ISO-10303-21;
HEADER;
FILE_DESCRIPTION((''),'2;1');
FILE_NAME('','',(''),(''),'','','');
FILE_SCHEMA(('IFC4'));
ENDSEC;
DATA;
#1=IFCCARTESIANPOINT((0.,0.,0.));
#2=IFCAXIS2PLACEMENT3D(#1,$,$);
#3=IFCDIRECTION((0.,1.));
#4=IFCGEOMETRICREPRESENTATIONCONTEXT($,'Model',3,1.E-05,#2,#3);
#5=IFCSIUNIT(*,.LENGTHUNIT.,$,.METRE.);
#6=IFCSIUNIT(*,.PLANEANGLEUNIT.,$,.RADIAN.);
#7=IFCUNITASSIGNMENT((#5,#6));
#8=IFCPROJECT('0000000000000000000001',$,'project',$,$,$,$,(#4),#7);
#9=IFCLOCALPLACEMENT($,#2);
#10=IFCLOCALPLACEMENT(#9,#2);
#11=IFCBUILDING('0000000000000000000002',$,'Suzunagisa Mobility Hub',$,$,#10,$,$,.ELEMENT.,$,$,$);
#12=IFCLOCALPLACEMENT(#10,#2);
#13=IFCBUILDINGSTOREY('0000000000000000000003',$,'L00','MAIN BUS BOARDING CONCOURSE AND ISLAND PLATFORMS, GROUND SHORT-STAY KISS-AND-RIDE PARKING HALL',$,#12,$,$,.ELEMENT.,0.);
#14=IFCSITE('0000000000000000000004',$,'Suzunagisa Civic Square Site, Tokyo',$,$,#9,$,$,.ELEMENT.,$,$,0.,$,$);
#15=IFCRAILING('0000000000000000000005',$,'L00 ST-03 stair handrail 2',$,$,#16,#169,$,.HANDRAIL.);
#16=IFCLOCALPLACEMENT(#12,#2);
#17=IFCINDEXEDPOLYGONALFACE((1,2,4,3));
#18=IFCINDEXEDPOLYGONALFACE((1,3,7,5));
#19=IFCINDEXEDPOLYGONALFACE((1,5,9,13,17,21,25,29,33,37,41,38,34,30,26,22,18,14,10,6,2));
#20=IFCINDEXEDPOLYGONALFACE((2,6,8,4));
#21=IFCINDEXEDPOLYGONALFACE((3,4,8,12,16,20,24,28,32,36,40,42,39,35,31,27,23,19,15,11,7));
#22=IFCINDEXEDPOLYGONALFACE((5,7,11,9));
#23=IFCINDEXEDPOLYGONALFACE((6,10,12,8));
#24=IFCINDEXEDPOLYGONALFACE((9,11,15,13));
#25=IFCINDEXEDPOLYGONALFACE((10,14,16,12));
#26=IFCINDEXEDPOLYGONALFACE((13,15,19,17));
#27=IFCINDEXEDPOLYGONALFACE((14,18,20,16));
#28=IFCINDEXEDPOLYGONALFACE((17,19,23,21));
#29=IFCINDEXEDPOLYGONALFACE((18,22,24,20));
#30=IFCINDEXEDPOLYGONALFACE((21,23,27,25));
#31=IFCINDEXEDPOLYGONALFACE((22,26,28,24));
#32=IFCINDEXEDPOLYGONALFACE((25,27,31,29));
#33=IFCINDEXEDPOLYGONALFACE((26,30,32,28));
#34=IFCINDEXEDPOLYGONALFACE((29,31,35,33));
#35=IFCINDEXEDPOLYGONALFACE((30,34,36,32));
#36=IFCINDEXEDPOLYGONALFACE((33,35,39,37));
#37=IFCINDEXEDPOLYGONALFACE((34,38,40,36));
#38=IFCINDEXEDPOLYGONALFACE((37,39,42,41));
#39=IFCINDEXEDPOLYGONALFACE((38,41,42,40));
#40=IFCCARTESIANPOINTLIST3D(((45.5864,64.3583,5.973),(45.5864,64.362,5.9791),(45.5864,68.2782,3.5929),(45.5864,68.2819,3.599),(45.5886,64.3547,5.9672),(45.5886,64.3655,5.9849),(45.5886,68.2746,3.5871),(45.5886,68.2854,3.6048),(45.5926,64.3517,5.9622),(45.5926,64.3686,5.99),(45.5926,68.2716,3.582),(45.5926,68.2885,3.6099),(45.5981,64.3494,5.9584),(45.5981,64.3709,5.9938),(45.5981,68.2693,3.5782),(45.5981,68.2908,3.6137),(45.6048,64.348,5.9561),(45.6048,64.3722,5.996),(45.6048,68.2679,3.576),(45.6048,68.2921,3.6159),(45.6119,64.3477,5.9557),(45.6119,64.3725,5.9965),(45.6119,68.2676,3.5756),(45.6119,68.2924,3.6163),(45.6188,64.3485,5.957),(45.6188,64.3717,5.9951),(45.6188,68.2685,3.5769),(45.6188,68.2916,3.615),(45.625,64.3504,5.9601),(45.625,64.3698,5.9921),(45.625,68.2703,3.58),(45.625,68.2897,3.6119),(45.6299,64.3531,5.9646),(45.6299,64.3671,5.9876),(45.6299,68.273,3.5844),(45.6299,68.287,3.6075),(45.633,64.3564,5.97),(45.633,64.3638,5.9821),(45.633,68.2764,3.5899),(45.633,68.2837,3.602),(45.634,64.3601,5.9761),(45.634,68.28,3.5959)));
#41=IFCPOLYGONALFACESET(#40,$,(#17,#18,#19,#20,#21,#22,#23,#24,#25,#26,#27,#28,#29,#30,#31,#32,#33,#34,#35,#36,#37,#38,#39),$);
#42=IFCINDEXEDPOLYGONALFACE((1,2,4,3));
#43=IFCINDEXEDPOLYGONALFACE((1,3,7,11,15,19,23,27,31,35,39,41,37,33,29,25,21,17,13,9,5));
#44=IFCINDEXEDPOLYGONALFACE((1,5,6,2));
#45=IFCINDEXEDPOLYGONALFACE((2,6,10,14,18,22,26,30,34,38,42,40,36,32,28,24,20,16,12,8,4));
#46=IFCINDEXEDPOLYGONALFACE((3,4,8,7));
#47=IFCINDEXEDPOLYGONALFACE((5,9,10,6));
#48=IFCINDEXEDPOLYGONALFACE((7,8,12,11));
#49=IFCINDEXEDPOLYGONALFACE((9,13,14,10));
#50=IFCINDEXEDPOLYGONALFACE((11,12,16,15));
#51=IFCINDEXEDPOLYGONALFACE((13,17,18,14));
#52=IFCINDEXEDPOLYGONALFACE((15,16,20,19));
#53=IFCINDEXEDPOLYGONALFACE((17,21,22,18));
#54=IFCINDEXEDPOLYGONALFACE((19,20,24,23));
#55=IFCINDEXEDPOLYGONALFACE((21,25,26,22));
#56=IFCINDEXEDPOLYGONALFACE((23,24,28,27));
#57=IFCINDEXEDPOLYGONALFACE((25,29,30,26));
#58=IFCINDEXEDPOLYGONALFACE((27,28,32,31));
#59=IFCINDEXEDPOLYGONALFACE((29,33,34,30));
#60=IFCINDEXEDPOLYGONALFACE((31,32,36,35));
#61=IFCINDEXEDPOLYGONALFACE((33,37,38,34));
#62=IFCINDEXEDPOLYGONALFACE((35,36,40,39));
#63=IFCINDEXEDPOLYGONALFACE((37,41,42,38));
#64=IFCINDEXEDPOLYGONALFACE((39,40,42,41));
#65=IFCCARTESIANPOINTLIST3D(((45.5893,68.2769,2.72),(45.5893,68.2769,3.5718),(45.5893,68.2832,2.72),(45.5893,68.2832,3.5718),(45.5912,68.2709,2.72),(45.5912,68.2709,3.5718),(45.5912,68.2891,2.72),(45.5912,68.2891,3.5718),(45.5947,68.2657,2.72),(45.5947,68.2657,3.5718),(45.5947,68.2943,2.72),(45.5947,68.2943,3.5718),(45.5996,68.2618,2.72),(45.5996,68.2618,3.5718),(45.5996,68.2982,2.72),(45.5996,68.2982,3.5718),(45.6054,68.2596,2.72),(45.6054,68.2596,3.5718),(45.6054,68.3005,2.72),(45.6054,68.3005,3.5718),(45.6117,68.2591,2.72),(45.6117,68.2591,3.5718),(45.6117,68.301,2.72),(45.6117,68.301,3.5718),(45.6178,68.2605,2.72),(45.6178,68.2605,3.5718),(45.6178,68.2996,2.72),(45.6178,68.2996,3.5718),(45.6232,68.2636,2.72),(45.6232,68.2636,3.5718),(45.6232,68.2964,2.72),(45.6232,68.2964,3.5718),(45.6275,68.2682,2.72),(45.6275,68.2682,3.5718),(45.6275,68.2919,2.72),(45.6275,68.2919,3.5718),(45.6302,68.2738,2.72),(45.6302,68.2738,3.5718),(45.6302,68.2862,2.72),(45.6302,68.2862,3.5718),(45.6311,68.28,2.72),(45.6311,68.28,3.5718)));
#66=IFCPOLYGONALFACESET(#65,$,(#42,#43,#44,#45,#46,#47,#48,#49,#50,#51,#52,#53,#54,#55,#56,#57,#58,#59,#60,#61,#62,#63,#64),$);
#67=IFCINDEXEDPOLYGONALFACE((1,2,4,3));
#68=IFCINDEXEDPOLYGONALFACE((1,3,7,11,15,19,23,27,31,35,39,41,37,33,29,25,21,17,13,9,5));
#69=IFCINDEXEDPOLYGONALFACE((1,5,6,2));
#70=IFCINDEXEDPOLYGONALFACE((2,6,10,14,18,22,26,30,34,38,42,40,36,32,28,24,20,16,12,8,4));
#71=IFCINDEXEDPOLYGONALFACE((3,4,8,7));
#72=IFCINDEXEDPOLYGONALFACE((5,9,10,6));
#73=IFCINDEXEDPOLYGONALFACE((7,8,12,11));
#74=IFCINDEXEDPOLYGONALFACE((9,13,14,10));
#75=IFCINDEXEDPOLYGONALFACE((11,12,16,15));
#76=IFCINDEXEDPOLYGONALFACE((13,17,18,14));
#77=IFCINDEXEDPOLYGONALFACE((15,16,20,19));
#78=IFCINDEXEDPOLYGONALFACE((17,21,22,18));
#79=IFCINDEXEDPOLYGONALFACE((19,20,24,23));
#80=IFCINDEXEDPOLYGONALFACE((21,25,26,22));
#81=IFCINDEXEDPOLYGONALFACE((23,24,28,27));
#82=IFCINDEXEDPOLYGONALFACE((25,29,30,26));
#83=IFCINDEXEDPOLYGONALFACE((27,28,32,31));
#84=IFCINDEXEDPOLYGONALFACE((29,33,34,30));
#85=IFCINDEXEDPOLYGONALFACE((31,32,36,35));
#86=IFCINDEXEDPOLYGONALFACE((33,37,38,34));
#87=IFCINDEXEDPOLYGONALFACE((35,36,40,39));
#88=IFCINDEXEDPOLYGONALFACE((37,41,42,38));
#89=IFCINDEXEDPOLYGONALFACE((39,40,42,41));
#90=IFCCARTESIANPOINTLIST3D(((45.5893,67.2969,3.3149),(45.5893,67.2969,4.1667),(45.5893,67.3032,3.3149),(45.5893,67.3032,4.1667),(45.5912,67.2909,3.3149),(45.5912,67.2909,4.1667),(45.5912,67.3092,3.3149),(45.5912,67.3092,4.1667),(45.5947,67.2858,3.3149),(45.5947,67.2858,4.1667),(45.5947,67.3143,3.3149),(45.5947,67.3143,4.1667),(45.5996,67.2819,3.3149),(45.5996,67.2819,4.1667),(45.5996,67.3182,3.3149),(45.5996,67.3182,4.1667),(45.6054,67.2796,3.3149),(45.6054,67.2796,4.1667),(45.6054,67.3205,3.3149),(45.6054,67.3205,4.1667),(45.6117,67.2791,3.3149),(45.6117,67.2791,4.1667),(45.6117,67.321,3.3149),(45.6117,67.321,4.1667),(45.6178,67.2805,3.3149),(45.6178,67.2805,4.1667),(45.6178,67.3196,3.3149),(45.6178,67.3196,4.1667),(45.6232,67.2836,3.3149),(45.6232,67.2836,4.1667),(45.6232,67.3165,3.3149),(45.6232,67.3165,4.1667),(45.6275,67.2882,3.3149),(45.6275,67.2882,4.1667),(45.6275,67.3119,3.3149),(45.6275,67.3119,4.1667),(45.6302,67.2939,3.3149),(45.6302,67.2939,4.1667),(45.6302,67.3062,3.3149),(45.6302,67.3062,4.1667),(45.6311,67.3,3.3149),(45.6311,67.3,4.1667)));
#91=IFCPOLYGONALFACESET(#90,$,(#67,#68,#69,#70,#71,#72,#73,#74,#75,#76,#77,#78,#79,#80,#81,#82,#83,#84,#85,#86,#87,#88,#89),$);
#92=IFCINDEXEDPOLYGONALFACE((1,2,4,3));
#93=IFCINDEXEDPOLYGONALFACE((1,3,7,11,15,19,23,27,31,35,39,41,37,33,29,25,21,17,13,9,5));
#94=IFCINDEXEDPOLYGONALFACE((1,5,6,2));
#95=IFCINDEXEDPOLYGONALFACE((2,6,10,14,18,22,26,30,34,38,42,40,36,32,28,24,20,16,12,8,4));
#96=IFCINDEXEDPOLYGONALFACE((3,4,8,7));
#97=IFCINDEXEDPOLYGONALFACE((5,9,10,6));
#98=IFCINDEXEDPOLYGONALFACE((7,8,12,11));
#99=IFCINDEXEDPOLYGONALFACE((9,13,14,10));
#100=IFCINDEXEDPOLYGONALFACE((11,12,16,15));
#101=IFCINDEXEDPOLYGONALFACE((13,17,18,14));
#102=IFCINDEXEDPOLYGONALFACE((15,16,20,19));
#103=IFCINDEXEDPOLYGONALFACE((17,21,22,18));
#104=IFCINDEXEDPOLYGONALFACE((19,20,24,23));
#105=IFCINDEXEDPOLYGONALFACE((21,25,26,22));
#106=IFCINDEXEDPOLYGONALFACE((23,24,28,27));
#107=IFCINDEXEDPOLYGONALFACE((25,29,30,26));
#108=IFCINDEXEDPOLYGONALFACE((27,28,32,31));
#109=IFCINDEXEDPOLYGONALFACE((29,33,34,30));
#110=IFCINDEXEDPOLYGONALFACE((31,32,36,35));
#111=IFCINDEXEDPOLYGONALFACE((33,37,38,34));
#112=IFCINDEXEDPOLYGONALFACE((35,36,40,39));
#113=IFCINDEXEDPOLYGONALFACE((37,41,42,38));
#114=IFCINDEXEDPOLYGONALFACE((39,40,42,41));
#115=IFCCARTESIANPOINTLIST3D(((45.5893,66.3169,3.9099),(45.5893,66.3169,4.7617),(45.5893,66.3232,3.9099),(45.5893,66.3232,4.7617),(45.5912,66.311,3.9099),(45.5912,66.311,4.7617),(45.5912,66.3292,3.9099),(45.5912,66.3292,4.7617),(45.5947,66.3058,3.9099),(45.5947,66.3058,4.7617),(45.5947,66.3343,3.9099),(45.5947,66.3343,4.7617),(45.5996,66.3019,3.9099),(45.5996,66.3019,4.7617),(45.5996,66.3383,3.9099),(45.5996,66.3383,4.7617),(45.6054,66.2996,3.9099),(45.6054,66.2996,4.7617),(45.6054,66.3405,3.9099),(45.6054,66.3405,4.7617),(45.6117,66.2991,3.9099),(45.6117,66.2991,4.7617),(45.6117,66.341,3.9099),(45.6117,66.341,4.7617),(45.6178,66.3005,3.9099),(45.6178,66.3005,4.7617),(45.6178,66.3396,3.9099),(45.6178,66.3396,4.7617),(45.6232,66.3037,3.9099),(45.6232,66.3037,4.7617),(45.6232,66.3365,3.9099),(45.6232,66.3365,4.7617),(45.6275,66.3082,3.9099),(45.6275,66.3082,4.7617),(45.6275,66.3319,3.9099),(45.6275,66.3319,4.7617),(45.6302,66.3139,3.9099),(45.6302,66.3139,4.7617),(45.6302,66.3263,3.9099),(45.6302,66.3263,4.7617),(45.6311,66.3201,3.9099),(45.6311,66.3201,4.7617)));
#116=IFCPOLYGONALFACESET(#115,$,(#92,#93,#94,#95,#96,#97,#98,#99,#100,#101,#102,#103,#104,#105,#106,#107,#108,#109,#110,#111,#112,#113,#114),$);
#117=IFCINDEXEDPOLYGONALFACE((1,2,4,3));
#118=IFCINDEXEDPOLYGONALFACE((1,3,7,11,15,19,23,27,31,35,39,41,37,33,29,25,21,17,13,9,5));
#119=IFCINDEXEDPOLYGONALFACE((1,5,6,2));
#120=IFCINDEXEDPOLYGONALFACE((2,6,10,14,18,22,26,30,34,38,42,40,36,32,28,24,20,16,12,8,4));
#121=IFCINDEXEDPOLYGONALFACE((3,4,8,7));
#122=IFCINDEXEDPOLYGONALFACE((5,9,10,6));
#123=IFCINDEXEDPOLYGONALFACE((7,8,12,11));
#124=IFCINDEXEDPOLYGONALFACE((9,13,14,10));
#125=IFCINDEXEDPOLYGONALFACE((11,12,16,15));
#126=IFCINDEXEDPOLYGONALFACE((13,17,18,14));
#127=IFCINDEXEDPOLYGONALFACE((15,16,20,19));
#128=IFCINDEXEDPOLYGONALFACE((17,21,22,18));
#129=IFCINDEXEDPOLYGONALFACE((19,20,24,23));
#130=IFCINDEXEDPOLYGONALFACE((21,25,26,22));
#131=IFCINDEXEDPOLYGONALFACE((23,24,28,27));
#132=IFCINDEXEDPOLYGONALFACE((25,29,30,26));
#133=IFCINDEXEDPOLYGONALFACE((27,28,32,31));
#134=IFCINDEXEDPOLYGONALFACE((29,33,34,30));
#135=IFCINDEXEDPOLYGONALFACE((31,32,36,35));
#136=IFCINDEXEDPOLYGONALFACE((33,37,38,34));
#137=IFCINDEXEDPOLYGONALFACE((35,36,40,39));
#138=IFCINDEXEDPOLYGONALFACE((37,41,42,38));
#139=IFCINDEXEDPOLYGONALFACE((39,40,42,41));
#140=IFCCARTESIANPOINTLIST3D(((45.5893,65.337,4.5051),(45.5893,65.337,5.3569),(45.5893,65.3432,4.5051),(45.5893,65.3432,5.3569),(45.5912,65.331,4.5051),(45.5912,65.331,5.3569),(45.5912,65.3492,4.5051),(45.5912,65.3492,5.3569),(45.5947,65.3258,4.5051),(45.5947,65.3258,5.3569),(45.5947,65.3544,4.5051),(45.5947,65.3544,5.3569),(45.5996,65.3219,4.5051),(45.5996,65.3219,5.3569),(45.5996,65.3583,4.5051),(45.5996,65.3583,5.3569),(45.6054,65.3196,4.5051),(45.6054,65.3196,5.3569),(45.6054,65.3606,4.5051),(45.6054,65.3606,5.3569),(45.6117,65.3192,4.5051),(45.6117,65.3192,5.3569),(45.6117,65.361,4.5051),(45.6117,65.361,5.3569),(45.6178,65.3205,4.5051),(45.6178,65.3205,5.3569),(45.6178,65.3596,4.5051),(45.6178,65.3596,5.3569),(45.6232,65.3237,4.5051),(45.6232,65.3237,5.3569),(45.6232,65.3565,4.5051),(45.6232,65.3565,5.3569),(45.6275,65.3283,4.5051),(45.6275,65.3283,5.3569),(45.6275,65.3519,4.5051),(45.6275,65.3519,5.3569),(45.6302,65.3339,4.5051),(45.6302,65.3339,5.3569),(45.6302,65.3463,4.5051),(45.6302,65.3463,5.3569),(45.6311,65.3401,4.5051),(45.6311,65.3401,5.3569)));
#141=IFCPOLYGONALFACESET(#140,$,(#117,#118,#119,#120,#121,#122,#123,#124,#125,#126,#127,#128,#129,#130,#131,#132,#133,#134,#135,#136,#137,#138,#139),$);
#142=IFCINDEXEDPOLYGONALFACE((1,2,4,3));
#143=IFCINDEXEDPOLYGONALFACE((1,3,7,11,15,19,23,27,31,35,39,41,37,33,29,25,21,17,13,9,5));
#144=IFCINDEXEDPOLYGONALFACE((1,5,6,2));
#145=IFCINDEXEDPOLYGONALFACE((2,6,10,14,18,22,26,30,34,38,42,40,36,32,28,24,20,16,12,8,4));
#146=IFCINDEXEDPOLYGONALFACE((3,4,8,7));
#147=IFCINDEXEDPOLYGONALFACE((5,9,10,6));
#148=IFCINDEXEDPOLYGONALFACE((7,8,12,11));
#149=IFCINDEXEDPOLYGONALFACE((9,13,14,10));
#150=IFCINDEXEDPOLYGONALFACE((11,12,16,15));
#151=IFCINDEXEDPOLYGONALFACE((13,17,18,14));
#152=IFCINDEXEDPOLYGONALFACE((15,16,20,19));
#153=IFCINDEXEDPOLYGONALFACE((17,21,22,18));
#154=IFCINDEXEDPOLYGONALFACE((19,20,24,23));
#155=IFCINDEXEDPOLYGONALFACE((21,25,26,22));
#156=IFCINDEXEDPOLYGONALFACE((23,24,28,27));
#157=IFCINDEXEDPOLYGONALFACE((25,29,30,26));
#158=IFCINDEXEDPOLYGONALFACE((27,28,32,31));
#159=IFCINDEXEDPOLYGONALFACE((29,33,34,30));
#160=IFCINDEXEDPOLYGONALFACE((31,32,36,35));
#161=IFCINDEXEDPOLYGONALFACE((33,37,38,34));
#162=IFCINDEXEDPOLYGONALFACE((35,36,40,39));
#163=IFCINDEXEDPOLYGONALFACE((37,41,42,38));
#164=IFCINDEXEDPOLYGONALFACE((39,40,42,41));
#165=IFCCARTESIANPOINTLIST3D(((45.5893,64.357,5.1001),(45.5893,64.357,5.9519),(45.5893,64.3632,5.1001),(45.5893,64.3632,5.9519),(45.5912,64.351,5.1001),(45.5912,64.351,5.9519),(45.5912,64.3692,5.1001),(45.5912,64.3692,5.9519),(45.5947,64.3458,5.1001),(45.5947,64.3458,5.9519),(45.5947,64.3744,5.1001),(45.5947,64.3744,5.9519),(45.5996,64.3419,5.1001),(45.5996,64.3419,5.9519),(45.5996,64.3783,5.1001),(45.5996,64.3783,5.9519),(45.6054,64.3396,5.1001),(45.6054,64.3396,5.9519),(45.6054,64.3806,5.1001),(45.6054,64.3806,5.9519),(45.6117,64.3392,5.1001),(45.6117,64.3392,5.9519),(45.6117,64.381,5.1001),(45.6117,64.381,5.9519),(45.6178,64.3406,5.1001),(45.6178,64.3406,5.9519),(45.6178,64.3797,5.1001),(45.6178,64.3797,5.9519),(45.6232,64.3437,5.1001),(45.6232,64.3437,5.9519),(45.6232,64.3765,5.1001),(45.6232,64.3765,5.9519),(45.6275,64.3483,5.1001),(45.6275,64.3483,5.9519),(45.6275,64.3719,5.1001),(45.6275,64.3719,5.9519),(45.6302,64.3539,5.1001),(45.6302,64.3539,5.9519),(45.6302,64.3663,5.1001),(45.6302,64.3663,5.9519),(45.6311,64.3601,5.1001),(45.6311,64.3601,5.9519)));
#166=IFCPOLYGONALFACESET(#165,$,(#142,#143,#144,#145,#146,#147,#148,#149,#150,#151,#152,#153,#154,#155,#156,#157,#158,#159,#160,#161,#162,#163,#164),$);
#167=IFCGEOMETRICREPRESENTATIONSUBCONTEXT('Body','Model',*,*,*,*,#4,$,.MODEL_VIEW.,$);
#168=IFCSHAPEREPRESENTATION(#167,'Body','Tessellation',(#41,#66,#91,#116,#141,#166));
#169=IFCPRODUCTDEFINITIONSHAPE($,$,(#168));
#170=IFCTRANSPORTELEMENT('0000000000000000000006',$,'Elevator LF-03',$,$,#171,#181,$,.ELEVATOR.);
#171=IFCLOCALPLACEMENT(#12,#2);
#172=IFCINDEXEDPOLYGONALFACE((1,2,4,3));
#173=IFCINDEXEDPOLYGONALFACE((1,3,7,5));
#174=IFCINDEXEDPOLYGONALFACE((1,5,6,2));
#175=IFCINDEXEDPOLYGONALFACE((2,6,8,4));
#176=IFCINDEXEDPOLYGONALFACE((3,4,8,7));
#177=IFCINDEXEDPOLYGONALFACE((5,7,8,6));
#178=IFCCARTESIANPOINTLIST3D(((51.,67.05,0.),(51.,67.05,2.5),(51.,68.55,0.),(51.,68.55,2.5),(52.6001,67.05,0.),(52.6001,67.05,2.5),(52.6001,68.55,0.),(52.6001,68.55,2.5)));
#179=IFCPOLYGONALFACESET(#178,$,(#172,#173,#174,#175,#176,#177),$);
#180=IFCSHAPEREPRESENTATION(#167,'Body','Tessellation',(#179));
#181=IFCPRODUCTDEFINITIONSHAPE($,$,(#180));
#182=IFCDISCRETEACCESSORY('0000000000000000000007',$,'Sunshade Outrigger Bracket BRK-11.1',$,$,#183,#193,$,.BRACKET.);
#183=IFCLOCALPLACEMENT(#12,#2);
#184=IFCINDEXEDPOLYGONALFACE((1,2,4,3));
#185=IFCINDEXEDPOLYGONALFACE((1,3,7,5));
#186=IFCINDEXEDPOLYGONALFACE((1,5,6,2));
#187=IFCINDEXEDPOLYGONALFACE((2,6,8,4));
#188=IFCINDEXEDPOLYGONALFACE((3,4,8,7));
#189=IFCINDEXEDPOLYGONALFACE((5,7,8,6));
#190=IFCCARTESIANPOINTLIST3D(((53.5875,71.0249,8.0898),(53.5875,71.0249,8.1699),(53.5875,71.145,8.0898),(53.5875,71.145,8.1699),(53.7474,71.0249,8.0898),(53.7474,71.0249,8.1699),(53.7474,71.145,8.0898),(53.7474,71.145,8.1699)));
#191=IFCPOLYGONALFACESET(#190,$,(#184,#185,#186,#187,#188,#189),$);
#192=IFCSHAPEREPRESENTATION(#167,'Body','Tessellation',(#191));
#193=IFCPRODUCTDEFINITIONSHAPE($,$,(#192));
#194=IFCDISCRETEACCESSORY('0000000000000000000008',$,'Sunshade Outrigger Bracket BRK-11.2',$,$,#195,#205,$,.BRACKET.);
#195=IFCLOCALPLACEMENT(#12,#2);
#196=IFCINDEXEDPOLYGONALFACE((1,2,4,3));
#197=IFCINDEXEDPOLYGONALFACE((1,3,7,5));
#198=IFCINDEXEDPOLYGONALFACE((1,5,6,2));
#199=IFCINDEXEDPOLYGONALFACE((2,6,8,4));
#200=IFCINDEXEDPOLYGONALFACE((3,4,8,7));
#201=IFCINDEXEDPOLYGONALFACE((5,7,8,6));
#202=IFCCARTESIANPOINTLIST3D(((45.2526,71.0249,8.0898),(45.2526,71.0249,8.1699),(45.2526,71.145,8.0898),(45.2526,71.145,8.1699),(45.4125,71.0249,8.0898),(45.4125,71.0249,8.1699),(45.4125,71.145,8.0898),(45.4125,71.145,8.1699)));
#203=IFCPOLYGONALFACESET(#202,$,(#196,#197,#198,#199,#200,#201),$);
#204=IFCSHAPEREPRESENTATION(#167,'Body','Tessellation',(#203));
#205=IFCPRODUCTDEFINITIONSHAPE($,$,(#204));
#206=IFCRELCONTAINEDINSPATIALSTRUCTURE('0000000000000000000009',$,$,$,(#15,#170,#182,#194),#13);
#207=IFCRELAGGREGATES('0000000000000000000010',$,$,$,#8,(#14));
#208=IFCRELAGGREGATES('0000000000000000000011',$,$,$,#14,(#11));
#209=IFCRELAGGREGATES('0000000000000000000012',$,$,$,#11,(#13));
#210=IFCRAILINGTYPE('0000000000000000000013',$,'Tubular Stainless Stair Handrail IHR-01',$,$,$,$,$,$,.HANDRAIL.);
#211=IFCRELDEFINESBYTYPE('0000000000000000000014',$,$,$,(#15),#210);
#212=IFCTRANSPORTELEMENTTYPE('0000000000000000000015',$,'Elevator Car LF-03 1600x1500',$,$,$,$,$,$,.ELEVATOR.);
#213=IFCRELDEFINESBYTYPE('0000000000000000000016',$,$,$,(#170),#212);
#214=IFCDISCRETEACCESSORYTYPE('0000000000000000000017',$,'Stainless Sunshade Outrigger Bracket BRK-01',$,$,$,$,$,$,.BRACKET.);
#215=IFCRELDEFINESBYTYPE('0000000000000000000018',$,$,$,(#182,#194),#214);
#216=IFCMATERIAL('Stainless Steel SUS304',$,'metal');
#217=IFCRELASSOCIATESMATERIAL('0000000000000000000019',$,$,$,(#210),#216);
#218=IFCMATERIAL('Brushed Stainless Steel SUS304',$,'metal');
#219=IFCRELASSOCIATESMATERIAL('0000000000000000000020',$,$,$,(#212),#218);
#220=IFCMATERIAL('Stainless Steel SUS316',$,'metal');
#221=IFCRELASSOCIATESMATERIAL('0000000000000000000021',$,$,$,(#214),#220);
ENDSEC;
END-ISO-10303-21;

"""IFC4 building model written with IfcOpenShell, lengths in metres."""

from ifc_helpers import new_model, si_unit, direction, frame, origin, origin_2d, place, context, subcontext, project, spatial, rectangle, circle, extrude, material, type_object, element, save


model = new_model("IFC4")

# Units and contexts
model_context = context("Model", 3, precision=1e-05, world=origin(), true_north=direction((0.0, 1.0)))
body_context = subcontext(model_context, "Body", "Model", "MODEL_VIEW")
ifc_project = project(units=[si_unit("LENGTHUNIT", "METRE"), si_unit("PLANEANGLEUNIT", "RADIAN")], contexts=[model_context])

# Site, building, storey
site_placement = place(None, origin())
site = spatial("IfcSite", under=ifc_project, at=site_placement, Name="Suzunagisa Civic Square Site, Tokyo", CompositionType="ELEMENT", RefElevation=0.0)
building_placement = place(site_placement, origin())
building = spatial("IfcBuilding", under=site, at=building_placement, Name="Suzunagisa Mobility Hub", CompositionType="ELEMENT")
storey_placement = place(building_placement, origin())
storey = spatial("IfcBuildingStorey", under=building, at=storey_placement, Name="L00", Description="MAIN BUS BOARDING CONCOURSE AND ISLAND PLATFORMS, GROUND SHORT-STAY KISS-AND-RIDE PARKING HALL", CompositionType="ELEMENT", Elevation=0.0)

# Shared definitions
ifc_material_1 = material(Name="Stainless Steel SUS304", Category="metal")

# Railing
railing_type_1 = type_object("IfcRailingType", Name="Tubular Stainless Stair Handrail IHR-01", PredefinedType="HANDRAIL", material=ifc_material_1)
railing_1_placement = place(storey_placement, frame((45.6101, 68.28, 2.72)))
element("IfcRailing", 1, at=railing_1_placement, inside=storey, type_object=railing_type_1, Name="L00 ST-03 stair handrail 2", PredefinedType="HANDRAIL", context=body_context, shape_type="SweptSolid", body=[
    extrude(circle(Radius=0.0239, at=origin_2d()), frame((0.0, 0.0, 0.876), z_axis=(0.0, -0.854771, 0.519006), x_axis=(1.0, 0.0, 0.0)), (0.0, 0.0, 1.0), 4.5859),
    extrude(circle(Radius=0.021, at=origin_2d()), origin(), (0.0, 0.0, 1.0), 0.8518),
    extrude(circle(Radius=0.021, at=origin_2d()), frame((0.0, -0.98, 0.595)), (0.0, 0.0, 1.0), 0.8518),
    extrude(circle(Radius=0.021, at=origin_2d()), frame((0.0, -1.96, 1.1899)), (0.0, 0.0, 1.0), 0.8518),
    extrude(circle(Radius=0.021, at=origin_2d()), frame((0.0, -2.9399, 1.7852)), (0.0, 0.0, 1.0), 0.8518),
    extrude(circle(Radius=0.021, at=origin_2d()), frame((0.0, -3.9199, 2.3801)), (0.0, 0.0, 1.0), 0.8518),
])

# Transport element
ifc_material_2 = material(Name="Brushed Stainless Steel SUS304", Category="metal")
transport_element_type = type_object("IfcTransportElementType", Name="Elevator Car LF-03 1600x1500", PredefinedType="ELEVATOR", material=ifc_material_2)
transport_element_placement = place(storey_placement, frame((51.8, 67.8, 0.0), z_axis=(0.0, 0.0, 1.0), x_axis=(1.0, 0.0, 0.0)))
element("IfcTransportElement", 2, at=transport_element_placement, inside=storey, type_object=transport_element_type, Name="Elevator LF-03", PredefinedType="ELEVATOR", context=body_context, shape_type="SweptSolid", body=[
    extrude(rectangle(XDim=1.6001, YDim=1.5, at=origin_2d()), origin(), (0.0, 0.0, 1.0), 2.5),
])

# Discrete accessories
ifc_material_3 = material(Name="Stainless Steel SUS316", Category="metal")
discrete_accessory_type = type_object("IfcDiscreteAccessoryType", Name="Stainless Sunshade Outrigger Bracket BRK-01", PredefinedType="BRACKET", material=ifc_material_3)
for number, where, z_axis, x_axis, name in (
    (3, (53.6675, 71.085, 8.0898), (0.0, 0.0, 1.0), (-1.0, 0.0, 0.0), "Sunshade Outrigger Bracket BRK-11.1"),
    (4, (45.3325, 71.085, 8.0898), (0.0, 0.0, 1.0), (-1.0, 0.0, 0.0), "Sunshade Outrigger Bracket BRK-11.2"),
):
    element("IfcDiscreteAccessory", number, at=place(storey_placement, frame(where, z_axis=z_axis, x_axis=x_axis)), inside=storey, type_object=discrete_accessory_type, Name=name, PredefinedType="BRACKET", context=body_context, shape_type="SweptSolid", body=[
        extrude(rectangle(XDim=0.1599, YDim=0.1201, at=origin_2d()), origin(), (0.0, 0.0, 1.0), 0.0801),
    ])

save(model, "model.ifc")
